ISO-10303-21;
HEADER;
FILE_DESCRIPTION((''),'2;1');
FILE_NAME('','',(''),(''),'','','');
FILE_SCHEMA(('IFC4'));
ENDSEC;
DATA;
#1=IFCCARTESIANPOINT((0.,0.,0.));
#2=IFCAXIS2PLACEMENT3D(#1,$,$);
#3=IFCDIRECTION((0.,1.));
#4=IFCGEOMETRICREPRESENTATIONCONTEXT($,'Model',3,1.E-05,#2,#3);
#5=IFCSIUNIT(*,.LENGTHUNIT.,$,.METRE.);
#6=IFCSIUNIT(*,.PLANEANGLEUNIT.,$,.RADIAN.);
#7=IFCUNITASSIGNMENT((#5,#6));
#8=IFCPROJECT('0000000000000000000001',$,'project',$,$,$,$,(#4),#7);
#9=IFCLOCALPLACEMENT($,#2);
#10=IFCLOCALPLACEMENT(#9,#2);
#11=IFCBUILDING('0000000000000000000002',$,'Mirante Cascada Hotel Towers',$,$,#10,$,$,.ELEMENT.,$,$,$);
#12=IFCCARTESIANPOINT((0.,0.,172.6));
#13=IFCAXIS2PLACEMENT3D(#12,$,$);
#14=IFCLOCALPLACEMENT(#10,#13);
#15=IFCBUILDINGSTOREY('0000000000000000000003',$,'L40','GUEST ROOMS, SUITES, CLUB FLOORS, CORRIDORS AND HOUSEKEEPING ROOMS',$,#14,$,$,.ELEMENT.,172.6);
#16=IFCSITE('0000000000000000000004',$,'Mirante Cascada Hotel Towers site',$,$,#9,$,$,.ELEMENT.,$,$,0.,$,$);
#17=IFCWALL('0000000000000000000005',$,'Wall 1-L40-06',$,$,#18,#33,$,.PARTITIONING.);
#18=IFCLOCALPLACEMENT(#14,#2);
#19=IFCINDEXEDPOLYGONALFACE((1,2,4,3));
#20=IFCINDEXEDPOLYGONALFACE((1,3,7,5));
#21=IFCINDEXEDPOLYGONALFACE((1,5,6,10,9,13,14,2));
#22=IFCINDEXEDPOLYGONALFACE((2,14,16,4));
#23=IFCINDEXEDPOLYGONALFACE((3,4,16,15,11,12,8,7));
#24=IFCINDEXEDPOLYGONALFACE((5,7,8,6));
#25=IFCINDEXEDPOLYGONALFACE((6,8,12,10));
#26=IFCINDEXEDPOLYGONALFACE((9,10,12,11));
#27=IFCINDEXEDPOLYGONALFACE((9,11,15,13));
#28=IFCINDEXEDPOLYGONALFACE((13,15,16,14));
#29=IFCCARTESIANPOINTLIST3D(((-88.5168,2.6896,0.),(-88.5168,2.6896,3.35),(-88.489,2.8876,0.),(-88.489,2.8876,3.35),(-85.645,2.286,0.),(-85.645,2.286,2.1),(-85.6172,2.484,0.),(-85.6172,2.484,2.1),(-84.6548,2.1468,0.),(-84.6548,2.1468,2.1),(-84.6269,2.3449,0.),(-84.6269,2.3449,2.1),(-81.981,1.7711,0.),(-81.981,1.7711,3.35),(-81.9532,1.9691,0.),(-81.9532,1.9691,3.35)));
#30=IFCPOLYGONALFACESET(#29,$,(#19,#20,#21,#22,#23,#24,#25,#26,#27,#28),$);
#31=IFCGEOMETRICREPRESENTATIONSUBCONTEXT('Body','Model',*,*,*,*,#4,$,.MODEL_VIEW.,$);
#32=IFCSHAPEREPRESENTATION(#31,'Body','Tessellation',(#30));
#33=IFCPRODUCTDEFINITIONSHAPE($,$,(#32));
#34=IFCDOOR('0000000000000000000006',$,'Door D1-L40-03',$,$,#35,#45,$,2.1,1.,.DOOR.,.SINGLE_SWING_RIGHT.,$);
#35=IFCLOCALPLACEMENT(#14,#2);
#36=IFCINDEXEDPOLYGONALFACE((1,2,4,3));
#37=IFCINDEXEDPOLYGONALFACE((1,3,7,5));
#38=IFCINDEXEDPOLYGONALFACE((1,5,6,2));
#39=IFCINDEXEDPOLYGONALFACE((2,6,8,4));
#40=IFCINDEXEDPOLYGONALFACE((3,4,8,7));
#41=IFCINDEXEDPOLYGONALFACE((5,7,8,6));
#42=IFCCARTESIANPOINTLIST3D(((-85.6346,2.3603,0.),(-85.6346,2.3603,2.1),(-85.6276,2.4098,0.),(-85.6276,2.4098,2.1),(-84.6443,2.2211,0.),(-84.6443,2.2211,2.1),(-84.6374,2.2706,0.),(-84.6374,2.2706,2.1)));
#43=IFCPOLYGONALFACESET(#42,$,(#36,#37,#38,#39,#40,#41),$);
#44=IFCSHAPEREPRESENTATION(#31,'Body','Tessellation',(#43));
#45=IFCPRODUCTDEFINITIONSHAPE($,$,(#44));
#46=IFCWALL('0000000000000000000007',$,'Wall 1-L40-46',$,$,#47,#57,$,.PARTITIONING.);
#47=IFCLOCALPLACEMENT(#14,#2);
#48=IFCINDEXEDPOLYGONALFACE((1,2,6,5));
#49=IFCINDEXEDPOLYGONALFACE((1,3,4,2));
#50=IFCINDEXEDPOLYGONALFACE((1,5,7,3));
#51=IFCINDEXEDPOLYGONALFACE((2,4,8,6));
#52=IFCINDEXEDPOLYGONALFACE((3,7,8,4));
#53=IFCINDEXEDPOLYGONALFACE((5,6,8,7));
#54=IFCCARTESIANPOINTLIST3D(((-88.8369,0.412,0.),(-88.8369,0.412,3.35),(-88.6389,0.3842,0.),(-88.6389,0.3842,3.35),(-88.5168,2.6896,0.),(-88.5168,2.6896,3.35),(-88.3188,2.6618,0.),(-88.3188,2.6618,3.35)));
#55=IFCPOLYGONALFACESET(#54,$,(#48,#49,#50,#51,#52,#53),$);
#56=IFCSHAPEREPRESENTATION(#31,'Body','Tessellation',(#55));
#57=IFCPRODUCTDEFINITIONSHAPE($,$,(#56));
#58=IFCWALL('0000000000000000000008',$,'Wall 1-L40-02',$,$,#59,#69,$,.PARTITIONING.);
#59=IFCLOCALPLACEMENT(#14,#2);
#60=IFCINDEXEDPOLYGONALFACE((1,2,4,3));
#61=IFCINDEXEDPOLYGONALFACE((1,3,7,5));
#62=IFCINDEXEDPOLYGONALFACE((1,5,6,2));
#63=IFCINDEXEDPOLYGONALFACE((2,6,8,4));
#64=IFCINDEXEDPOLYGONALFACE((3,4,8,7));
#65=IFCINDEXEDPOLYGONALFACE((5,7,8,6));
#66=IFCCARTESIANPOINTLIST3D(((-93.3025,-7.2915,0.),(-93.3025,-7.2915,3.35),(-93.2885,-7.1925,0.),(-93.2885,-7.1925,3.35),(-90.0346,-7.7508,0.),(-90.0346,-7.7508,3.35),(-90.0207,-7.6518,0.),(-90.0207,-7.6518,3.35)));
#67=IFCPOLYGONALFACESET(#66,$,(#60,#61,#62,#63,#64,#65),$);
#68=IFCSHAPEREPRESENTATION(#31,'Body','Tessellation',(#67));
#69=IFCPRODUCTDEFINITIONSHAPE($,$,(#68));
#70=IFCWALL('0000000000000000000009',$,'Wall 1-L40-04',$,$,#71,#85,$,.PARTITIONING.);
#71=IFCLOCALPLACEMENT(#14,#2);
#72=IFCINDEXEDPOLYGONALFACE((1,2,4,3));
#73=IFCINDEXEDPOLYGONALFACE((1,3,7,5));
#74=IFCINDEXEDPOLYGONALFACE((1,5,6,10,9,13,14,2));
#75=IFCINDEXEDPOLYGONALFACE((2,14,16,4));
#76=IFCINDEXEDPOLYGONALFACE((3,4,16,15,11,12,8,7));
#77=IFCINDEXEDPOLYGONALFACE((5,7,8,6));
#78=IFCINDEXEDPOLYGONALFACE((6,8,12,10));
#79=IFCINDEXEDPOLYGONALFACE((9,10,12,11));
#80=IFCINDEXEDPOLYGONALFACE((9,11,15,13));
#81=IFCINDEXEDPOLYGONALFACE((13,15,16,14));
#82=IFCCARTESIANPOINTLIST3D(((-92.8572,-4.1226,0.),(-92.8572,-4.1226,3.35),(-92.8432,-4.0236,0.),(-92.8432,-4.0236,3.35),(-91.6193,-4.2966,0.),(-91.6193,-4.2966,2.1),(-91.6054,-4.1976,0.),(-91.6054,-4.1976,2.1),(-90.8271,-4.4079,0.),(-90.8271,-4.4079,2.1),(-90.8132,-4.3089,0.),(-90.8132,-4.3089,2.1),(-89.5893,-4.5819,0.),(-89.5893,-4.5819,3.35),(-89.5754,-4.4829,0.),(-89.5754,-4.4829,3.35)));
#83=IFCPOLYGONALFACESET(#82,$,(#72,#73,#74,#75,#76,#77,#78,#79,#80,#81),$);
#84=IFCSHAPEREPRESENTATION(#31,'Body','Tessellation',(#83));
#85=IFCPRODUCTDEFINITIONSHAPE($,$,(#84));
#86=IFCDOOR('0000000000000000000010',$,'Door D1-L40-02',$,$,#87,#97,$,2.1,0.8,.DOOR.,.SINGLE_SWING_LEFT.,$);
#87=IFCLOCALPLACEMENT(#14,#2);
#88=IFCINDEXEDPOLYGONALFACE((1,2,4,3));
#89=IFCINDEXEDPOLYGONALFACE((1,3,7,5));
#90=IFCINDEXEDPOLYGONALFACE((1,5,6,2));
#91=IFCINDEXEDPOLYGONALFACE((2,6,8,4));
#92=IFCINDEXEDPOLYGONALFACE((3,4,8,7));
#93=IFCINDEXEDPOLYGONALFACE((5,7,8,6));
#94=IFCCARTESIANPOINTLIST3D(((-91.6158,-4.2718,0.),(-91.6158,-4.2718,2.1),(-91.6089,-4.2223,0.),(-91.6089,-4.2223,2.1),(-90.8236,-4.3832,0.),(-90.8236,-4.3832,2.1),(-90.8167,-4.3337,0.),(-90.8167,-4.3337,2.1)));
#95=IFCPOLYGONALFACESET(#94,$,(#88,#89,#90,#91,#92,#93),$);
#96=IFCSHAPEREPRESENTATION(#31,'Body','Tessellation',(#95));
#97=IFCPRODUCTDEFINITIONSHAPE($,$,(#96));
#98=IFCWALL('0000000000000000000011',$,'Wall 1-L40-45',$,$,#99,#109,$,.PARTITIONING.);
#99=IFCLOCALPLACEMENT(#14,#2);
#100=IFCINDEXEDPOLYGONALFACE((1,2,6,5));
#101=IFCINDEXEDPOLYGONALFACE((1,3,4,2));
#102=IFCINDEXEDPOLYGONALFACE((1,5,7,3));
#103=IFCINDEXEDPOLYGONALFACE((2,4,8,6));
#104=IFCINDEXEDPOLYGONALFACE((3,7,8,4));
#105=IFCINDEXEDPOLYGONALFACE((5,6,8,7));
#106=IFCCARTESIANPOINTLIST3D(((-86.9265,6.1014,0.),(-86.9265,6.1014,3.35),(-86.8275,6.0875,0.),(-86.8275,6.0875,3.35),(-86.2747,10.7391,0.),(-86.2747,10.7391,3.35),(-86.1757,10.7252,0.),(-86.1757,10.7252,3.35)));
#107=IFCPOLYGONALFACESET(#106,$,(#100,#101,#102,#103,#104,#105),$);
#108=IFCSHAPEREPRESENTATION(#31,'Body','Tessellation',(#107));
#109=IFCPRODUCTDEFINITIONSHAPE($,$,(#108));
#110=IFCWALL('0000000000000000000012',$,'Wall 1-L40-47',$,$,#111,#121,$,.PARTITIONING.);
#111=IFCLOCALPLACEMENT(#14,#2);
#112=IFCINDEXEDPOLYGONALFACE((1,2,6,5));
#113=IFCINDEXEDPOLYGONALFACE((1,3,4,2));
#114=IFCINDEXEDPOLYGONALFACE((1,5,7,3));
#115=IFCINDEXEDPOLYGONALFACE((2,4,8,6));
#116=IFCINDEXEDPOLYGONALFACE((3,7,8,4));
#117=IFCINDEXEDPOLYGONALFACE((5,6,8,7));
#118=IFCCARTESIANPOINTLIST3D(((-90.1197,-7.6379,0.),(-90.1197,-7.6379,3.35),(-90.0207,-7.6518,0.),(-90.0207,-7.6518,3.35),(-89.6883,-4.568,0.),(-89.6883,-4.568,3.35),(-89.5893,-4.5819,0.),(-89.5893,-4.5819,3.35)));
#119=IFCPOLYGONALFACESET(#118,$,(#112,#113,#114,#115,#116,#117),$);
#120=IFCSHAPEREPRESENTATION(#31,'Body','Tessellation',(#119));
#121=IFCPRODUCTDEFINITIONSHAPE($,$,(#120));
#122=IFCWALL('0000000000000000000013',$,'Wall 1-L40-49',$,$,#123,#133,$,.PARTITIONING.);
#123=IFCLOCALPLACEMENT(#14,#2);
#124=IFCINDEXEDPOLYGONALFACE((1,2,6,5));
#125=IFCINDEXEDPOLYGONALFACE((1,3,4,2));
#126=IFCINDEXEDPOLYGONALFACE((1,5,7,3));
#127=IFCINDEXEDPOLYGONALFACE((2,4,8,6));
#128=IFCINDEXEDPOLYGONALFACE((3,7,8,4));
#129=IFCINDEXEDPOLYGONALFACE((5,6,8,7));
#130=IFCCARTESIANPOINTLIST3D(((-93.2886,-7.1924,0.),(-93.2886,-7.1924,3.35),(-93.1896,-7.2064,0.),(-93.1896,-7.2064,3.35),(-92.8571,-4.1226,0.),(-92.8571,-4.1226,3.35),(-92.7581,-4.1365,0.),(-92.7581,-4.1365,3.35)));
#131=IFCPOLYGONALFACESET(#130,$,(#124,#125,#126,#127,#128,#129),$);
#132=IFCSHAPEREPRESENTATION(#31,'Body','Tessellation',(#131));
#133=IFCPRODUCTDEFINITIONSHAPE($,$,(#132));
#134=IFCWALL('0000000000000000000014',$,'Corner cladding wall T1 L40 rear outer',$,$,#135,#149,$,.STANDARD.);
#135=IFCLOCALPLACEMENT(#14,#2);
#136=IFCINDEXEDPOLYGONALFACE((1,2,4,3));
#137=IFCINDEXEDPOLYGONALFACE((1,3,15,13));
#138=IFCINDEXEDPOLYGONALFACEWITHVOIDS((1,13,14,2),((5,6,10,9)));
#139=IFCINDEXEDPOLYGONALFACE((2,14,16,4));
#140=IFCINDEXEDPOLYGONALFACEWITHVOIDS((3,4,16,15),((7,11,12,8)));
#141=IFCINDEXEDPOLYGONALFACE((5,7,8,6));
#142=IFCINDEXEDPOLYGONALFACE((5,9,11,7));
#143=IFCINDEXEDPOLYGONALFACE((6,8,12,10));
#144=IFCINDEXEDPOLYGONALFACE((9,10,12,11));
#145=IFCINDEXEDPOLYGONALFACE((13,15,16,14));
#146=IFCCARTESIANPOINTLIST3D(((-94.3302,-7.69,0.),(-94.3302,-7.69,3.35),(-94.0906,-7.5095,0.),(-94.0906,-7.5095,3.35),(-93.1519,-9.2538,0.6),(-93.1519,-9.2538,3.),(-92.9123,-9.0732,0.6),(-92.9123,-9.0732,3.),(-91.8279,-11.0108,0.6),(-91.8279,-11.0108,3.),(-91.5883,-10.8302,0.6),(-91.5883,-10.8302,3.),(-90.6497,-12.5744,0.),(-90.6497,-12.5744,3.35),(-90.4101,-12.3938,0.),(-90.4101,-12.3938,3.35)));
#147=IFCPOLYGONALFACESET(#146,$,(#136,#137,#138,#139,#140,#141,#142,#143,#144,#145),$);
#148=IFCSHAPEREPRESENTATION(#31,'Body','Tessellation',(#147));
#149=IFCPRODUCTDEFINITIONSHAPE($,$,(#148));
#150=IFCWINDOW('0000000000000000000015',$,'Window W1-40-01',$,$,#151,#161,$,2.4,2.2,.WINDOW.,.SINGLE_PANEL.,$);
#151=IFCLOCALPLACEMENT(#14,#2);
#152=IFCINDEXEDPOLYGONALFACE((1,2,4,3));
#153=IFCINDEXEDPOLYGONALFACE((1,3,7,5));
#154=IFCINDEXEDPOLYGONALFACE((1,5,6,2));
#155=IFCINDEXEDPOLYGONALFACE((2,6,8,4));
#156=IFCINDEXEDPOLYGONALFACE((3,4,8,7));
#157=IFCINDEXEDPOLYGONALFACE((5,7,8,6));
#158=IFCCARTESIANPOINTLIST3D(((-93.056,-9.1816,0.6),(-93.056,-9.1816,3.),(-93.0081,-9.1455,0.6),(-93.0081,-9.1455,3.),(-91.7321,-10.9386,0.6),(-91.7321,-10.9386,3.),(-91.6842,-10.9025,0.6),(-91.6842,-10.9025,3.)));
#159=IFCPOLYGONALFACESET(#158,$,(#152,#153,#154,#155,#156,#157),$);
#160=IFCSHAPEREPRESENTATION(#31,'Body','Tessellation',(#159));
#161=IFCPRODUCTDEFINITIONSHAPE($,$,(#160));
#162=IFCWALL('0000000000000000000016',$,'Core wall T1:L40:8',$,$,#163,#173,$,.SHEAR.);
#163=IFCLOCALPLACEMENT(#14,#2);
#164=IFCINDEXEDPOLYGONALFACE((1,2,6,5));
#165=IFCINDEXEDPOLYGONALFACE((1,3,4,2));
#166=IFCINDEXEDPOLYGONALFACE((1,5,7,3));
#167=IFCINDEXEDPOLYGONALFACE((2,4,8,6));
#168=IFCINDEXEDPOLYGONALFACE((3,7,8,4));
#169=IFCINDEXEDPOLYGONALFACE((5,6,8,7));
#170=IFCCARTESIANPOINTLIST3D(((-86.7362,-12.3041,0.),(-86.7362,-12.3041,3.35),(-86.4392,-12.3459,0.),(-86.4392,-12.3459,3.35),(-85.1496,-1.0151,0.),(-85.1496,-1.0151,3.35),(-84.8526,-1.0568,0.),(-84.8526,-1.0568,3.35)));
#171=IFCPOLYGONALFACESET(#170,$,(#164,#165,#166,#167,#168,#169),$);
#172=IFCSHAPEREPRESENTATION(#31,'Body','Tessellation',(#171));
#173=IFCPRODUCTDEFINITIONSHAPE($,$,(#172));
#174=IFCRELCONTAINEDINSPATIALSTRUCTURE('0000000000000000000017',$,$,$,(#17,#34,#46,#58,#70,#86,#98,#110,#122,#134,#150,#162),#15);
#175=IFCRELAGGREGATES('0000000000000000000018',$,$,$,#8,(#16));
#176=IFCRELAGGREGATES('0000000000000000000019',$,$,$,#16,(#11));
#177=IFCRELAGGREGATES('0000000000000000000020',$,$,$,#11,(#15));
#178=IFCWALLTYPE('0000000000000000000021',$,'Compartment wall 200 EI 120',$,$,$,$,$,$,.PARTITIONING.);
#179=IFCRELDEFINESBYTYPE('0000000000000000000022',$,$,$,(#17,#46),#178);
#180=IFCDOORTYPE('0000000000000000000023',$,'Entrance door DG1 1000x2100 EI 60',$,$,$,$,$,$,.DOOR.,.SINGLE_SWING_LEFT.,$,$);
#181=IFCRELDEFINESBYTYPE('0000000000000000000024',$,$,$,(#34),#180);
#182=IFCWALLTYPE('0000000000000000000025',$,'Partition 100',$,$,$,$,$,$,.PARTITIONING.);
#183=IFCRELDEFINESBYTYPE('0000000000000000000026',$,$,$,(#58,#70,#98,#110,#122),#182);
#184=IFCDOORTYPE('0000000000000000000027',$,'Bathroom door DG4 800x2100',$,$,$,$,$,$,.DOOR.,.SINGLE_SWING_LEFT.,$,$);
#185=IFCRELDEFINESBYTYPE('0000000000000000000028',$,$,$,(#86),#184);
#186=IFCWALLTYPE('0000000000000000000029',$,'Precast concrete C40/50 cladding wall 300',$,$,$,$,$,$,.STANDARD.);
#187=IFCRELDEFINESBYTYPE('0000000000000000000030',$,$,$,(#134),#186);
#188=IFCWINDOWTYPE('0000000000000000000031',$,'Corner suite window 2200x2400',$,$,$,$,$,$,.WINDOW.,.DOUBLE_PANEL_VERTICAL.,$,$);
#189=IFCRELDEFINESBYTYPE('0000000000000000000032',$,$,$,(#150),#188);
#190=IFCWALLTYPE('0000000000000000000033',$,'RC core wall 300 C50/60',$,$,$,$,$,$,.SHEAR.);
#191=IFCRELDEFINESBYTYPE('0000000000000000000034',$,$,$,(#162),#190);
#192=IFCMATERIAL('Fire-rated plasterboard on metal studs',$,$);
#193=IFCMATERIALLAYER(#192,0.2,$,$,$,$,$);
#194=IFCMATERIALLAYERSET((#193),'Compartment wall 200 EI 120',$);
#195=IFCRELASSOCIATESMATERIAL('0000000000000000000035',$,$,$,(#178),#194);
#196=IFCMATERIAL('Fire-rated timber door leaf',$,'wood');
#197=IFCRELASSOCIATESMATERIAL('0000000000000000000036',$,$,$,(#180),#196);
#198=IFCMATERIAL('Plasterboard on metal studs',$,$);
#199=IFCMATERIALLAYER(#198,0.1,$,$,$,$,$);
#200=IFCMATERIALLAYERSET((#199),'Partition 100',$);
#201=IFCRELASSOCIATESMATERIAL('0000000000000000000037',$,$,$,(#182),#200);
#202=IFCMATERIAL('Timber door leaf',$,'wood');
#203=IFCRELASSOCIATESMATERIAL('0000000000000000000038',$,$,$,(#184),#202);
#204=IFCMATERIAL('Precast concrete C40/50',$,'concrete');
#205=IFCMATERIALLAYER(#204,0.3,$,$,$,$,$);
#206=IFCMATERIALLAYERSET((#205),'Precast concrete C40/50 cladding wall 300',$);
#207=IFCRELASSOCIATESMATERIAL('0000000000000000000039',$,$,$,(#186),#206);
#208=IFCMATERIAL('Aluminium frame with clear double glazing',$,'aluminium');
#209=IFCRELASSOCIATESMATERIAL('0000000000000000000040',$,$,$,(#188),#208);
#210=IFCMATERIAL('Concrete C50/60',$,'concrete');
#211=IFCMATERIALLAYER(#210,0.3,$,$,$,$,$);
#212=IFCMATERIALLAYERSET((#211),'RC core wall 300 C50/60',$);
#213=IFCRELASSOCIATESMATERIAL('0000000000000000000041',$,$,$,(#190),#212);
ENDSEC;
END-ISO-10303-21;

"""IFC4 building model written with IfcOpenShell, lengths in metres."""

from ifc_helpers import new_model, si_unit, direction, frame, frame_2d, origin, place, context, subcontext, project, spatial, rectangle, extrude, material, layer, layer_set, type_object, element, fill, save


model = new_model("IFC4")

# Units and contexts
model_context = context("Model", 3, precision=1e-05, world=origin(), true_north=direction((0.0, 1.0)))
body_context = subcontext(model_context, "Body", "Model", "MODEL_VIEW")
ifc_project = project(units=[si_unit("LENGTHUNIT", "METRE"), si_unit("PLANEANGLEUNIT", "RADIAN")], contexts=[model_context])

# Site, building, storey
site_placement = place(None, origin())
site = spatial("IfcSite", under=ifc_project, at=site_placement, Name="Mirante Cascada Hotel Towers site", CompositionType="ELEMENT", RefElevation=0.0)
building_placement = place(site_placement, origin())
building = spatial("IfcBuilding", under=site, at=building_placement, Name="Mirante Cascada Hotel Towers", CompositionType="ELEMENT")
storey_placement = place(building_placement, frame((0.0, 0.0, 172.6)))
storey = spatial("IfcBuildingStorey", under=building, at=storey_placement, Name="L40", Description="GUEST ROOMS, SUITES, CLUB FLOORS, CORRIDORS AND HOUSEKEEPING ROOMS", CompositionType="ELEMENT", Elevation=172.6)

# Wall, opening, door
ifc_material_1 = material(Name="Fire-rated plasterboard on metal studs")
ifc_layer_1 = layer(ifc_material_1, 0.2)
ifc_layer_set_1 = layer_set([ifc_layer_1], Name="Compartment wall 200 EI 120")
wall_type_1 = type_object("IfcWallType", Name="Compartment wall 200 EI 120", PredefinedType="PARTITIONING", material=ifc_layer_set_1)
wall_1_placement = place(storey_placement, frame((-88.5029, 2.7886, 0.0), z_axis=(0.0, 0.0, 1.0), x_axis=(0.990269, -0.139166, 0.0)))
wall_1 = element("IfcWall", 1, at=wall_1_placement, inside=storey, type_object=wall_type_1, Name="Wall 1-L40-06", PredefinedType="PARTITIONING", context=body_context, shape_type="SweptSolid", body=[
    extrude(rectangle(XDim=6.6, YDim=0.2, at=frame_2d((3.3, 0.0))), origin(), (0.0, 0.0, 1.0), 3.35),
])
opening_1_placement = place(wall_1_placement, frame((2.9, 0.0, 0.0)))
opening_1 = element("IfcOpeningElement", 2, at=opening_1_placement, cuts=wall_1, PredefinedType="OPENING", context=body_context, shape_type="SweptSolid", body=[
    extrude(rectangle(XDim=1.0, YDim=2.1, at=frame_2d((0.5, 1.05))), frame((0.0, 0.1, 0.0), z_axis=(0.0, -1.0, 0.0), x_axis=(1.0, 0.0, 0.0)), (0.0, 0.0, 1.0), 0.2),
])
ifc_material_2 = material(Name="Fire-rated timber door leaf", Category="wood")
door_type_1 = type_object("IfcDoorType", Name="Entrance door DG1 1000x2100 EI 60", OperationType="SINGLE_SWING_LEFT", PredefinedType="DOOR", material=ifc_material_2)
door_1_placement = place(opening_1_placement, frame((1.0, 0.0, 0.0), z_axis=(0.0, 0.0, 1.0), x_axis=(-1.0, 0.0, 0.0)))
door_1 = element("IfcDoor", 3, at=door_1_placement, inside=storey, type_object=door_type_1, Name="Door D1-L40-03", OperationType="SINGLE_SWING_RIGHT", OverallHeight=2.1, OverallWidth=1.0, PredefinedType="DOOR", context=body_context, shape_type="SweptSolid", body=[
    extrude(rectangle(XDim=1.0, YDim=2.1, at=frame_2d((0.5, 1.05))), frame((0.0, 0.025, 0.0), z_axis=(0.0, -1.0, 0.0), x_axis=(1.0, 0.0, 0.0)), (0.0, 0.0, 1.0), 0.05),
])
fill(opening_1, door_1)

# Walls
wall_2_placement = place(storey_placement, frame((-88.4178, 2.6757, 0.0), z_axis=(0.0, 0.0, 1.0), x_axis=(-0.139175, -0.990268, 0.0)))
element("IfcWall", 4, at=wall_2_placement, inside=storey, type_object=wall_type_1, Name="Wall 1-L40-46", PredefinedType="PARTITIONING", context=body_context, shape_type="SweptSolid", body=[
    extrude(rectangle(XDim=2.3, YDim=0.2, at=frame_2d((1.15, 0.0))), origin(), (0.0, 0.0, 1.0), 3.35),
])
ifc_material_3 = material(Name="Plasterboard on metal studs")
ifc_layer_2 = layer(ifc_material_3, 0.1)
ifc_layer_set_2 = layer_set([ifc_layer_2], Name="Partition 100")
wall_type_2 = type_object("IfcWallType", Name="Partition 100", PredefinedType="PARTITIONING", material=ifc_layer_set_2)
wall_3_placement = place(storey_placement, frame((-93.2955, -7.242, 0.0), z_axis=(0.0, 0.0, 1.0), x_axis=(0.990267, -0.139181, 0.0)))
element("IfcWall", 5, at=wall_3_placement, inside=storey, type_object=wall_type_2, Name="Wall 1-L40-02", PredefinedType="PARTITIONING", context=body_context, shape_type="SweptSolid", body=[
    extrude(rectangle(XDim=3.3, YDim=0.1, at=frame_2d((1.65, 0.0))), origin(), (0.0, 0.0, 1.0), 3.35),
])

# Wall, opening, door
wall_4_placement = place(storey_placement, frame((-92.8502, -4.0731, 0.0), z_axis=(0.0, 0.0, 1.0), x_axis=(0.990267, -0.139181, 0.0)))
wall_4 = element("IfcWall", 6, at=wall_4_placement, inside=storey, type_object=wall_type_2, Name="Wall 1-L40-04", PredefinedType="PARTITIONING", context=body_context, shape_type="SweptSolid", body=[
    extrude(rectangle(XDim=3.3, YDim=0.1, at=frame_2d((1.65, 0.0))), origin(), (0.0, 0.0, 1.0), 3.35),
])
opening_2_placement = place(wall_4_placement, frame((1.25, 0.0, 0.0)))
opening_2 = element("IfcOpeningElement", 7, at=opening_2_placement, cuts=wall_4, PredefinedType="OPENING", context=body_context, shape_type="SweptSolid", body=[
    extrude(rectangle(XDim=0.8, YDim=2.1, at=frame_2d((0.4, 1.05))), frame((0.0, 0.05, 0.0), z_axis=(0.0, -1.0, 0.0), x_axis=(1.0, 0.0, 0.0)), (0.0, 0.0, 1.0), 0.1),
])
ifc_material_4 = material(Name="Timber door leaf", Category="wood")
door_type_2 = type_object("IfcDoorType", Name="Bathroom door DG4 800x2100", OperationType="SINGLE_SWING_LEFT", PredefinedType="DOOR", material=ifc_material_4)
door_2_placement = place(opening_2_placement, origin())
door_2 = element("IfcDoor", 8, at=door_2_placement, inside=storey, type_object=door_type_2, Name="Door D1-L40-02", OperationType="SINGLE_SWING_LEFT", OverallHeight=2.1, OverallWidth=0.8, PredefinedType="DOOR", context=body_context, shape_type="SweptSolid", body=[
    extrude(rectangle(XDim=0.8, YDim=2.1, at=frame_2d((0.4, 1.05))), frame((0.0, 0.025, 0.0), z_axis=(0.0, -1.0, 0.0), x_axis=(1.0, 0.0, 0.0)), (0.0, 0.0, 1.0), 0.05),
])
fill(opening_2, door_2)

# Walls
wall_5_placement = place(storey_placement, frame((-86.877, 6.0945, 0.0), z_axis=(0.0, 0.0, 1.0), x_axis=(0.139176, 0.990268, 0.0)))
element("IfcWall", 9, at=wall_5_placement, inside=storey, type_object=wall_type_2, Name="Wall 1-L40-45", PredefinedType="PARTITIONING", context=body_context, shape_type="SweptSolid", body=[
    extrude(rectangle(XDim=4.6833, YDim=0.1, at=frame_2d((2.3416, 0.0))), origin(), (0.0, 0.0, 1.0), 3.35),
])
wall_6_placement = place(storey_placement, frame((-90.0702, -7.6448, 0.0), z_axis=(0.0, 0.0, 1.0), x_axis=(0.139158, 0.99027, 0.0)))
element("IfcWall", 10, at=wall_6_placement, inside=storey, type_object=wall_type_2, Name="Wall 1-L40-47", PredefinedType="PARTITIONING", context=body_context, shape_type="SweptSolid", body=[
    extrude(rectangle(XDim=3.1001, YDim=0.1, at=frame_2d((1.55, 0.0))), origin(), (0.0, 0.0, 1.0), 3.35),
])
wall_7_placement = place(storey_placement, frame((-93.2391, -7.1994, 0.0), z_axis=(0.0, 0.0, 1.0), x_axis=(0.139194, 0.990265, 0.0)))
element("IfcWall", 11, at=wall_7_placement, inside=storey, type_object=wall_type_2, Name="Wall 1-L40-49", PredefinedType="PARTITIONING", context=body_context, shape_type="SweptSolid", body=[
    extrude(rectangle(XDim=3.1, YDim=0.1, at=frame_2d((1.55, 0.0))), origin(), (0.0, 0.0, 1.0), 3.35),
])

# Wall, opening, window
ifc_material_5 = material(Name="Precast concrete C40/50", Category="concrete")
ifc_layer_3 = layer(ifc_material_5, 0.3)
ifc_layer_set_3 = layer_set([ifc_layer_3], Name="Precast concrete C40/50 cladding wall 300")
wall_type_3 = type_object("IfcWallType", Name="Precast concrete C40/50 cladding wall 300", PredefinedType="STANDARD", material=ifc_layer_set_3)
wall_8_placement = place(storey_placement, frame((-90.5299, -12.4841, 0.0), z_axis=(0.0, 0.0, 1.0), x_axis=(-0.601806, 0.798642, 0.0)))
wall_8 = element("IfcWall", 12, at=wall_8_placement, inside=storey, type_object=wall_type_3, Name="Corner cladding wall T1 L40 rear outer", PredefinedType="STANDARD", context=body_context, shape_type="SweptSolid", body=[
    extrude(rectangle(XDim=6.1158, YDim=0.3, at=frame_2d((3.0579, 0.0))), origin(), (0.0, 0.0, 1.0), 3.35),
])
opening_3_placement = place(wall_8_placement, frame((1.9578, 0.0, 0.6)))
opening_3 = element("IfcOpeningElement", 13, at=opening_3_placement, cuts=wall_8, PredefinedType="OPENING", context=body_context, shape_type="SweptSolid", body=[
    extrude(rectangle(XDim=2.2, YDim=2.4, at=frame_2d((1.1, 1.2))), frame((0.0, 0.15, 0.0), z_axis=(0.0, -1.0, 0.0), x_axis=(1.0, 0.0, 0.0)), (0.0, 0.0, 1.0), 0.3),
])
ifc_material_6 = material(Name="Aluminium frame with clear double glazing", Category="aluminium")
window_type = type_object("IfcWindowType", Name="Corner suite window 2200x2400", PartitioningType="DOUBLE_PANEL_VERTICAL", PredefinedType="WINDOW", material=ifc_material_6)
window_placement = place(opening_3_placement, origin())
window = element("IfcWindow", 14, at=window_placement, inside=storey, type_object=window_type, Name="Window W1-40-01", OverallHeight=2.4, OverallWidth=2.2, PartitioningType="SINGLE_PANEL", PredefinedType="WINDOW", context=body_context, shape_type="SweptSolid", body=[
    extrude(rectangle(XDim=2.2, YDim=2.4, at=frame_2d((1.1, 1.2))), frame((0.0, 0.03, 0.0), z_axis=(0.0, -1.0, 0.0), x_axis=(1.0, 0.0, 0.0)), (0.0, 0.0, 1.0), 0.06),
])
fill(opening_3, window)

# Wall
ifc_material_7 = material(Name="Concrete C50/60", Category="concrete")
ifc_layer_4 = layer(ifc_material_7, 0.3)
ifc_layer_set_4 = layer_set([ifc_layer_4], Name="RC core wall 300 C50/60")
wall_type_4 = type_object("IfcWallType", Name="RC core wall 300 C50/60", PredefinedType="SHEAR", material=ifc_layer_set_4)
wall_9_placement = place(storey_placement, frame((-86.5877, -12.325, 0.0), z_axis=(0.0, 0.0, 1.0), x_axis=(0.139175, 0.990268, 0.0)))
element("IfcWall", 15, at=wall_9_placement, inside=storey, type_object=wall_type_4, Name="Core wall T1:L40:8", PredefinedType="SHEAR", context=body_context, shape_type="SweptSolid", body=[
    extrude(rectangle(XDim=11.4, YDim=0.3, at=frame_2d((5.7, 0.0))), origin(), (0.0, 0.0, 1.0), 3.35),
])

save(model, "model.ifc")
